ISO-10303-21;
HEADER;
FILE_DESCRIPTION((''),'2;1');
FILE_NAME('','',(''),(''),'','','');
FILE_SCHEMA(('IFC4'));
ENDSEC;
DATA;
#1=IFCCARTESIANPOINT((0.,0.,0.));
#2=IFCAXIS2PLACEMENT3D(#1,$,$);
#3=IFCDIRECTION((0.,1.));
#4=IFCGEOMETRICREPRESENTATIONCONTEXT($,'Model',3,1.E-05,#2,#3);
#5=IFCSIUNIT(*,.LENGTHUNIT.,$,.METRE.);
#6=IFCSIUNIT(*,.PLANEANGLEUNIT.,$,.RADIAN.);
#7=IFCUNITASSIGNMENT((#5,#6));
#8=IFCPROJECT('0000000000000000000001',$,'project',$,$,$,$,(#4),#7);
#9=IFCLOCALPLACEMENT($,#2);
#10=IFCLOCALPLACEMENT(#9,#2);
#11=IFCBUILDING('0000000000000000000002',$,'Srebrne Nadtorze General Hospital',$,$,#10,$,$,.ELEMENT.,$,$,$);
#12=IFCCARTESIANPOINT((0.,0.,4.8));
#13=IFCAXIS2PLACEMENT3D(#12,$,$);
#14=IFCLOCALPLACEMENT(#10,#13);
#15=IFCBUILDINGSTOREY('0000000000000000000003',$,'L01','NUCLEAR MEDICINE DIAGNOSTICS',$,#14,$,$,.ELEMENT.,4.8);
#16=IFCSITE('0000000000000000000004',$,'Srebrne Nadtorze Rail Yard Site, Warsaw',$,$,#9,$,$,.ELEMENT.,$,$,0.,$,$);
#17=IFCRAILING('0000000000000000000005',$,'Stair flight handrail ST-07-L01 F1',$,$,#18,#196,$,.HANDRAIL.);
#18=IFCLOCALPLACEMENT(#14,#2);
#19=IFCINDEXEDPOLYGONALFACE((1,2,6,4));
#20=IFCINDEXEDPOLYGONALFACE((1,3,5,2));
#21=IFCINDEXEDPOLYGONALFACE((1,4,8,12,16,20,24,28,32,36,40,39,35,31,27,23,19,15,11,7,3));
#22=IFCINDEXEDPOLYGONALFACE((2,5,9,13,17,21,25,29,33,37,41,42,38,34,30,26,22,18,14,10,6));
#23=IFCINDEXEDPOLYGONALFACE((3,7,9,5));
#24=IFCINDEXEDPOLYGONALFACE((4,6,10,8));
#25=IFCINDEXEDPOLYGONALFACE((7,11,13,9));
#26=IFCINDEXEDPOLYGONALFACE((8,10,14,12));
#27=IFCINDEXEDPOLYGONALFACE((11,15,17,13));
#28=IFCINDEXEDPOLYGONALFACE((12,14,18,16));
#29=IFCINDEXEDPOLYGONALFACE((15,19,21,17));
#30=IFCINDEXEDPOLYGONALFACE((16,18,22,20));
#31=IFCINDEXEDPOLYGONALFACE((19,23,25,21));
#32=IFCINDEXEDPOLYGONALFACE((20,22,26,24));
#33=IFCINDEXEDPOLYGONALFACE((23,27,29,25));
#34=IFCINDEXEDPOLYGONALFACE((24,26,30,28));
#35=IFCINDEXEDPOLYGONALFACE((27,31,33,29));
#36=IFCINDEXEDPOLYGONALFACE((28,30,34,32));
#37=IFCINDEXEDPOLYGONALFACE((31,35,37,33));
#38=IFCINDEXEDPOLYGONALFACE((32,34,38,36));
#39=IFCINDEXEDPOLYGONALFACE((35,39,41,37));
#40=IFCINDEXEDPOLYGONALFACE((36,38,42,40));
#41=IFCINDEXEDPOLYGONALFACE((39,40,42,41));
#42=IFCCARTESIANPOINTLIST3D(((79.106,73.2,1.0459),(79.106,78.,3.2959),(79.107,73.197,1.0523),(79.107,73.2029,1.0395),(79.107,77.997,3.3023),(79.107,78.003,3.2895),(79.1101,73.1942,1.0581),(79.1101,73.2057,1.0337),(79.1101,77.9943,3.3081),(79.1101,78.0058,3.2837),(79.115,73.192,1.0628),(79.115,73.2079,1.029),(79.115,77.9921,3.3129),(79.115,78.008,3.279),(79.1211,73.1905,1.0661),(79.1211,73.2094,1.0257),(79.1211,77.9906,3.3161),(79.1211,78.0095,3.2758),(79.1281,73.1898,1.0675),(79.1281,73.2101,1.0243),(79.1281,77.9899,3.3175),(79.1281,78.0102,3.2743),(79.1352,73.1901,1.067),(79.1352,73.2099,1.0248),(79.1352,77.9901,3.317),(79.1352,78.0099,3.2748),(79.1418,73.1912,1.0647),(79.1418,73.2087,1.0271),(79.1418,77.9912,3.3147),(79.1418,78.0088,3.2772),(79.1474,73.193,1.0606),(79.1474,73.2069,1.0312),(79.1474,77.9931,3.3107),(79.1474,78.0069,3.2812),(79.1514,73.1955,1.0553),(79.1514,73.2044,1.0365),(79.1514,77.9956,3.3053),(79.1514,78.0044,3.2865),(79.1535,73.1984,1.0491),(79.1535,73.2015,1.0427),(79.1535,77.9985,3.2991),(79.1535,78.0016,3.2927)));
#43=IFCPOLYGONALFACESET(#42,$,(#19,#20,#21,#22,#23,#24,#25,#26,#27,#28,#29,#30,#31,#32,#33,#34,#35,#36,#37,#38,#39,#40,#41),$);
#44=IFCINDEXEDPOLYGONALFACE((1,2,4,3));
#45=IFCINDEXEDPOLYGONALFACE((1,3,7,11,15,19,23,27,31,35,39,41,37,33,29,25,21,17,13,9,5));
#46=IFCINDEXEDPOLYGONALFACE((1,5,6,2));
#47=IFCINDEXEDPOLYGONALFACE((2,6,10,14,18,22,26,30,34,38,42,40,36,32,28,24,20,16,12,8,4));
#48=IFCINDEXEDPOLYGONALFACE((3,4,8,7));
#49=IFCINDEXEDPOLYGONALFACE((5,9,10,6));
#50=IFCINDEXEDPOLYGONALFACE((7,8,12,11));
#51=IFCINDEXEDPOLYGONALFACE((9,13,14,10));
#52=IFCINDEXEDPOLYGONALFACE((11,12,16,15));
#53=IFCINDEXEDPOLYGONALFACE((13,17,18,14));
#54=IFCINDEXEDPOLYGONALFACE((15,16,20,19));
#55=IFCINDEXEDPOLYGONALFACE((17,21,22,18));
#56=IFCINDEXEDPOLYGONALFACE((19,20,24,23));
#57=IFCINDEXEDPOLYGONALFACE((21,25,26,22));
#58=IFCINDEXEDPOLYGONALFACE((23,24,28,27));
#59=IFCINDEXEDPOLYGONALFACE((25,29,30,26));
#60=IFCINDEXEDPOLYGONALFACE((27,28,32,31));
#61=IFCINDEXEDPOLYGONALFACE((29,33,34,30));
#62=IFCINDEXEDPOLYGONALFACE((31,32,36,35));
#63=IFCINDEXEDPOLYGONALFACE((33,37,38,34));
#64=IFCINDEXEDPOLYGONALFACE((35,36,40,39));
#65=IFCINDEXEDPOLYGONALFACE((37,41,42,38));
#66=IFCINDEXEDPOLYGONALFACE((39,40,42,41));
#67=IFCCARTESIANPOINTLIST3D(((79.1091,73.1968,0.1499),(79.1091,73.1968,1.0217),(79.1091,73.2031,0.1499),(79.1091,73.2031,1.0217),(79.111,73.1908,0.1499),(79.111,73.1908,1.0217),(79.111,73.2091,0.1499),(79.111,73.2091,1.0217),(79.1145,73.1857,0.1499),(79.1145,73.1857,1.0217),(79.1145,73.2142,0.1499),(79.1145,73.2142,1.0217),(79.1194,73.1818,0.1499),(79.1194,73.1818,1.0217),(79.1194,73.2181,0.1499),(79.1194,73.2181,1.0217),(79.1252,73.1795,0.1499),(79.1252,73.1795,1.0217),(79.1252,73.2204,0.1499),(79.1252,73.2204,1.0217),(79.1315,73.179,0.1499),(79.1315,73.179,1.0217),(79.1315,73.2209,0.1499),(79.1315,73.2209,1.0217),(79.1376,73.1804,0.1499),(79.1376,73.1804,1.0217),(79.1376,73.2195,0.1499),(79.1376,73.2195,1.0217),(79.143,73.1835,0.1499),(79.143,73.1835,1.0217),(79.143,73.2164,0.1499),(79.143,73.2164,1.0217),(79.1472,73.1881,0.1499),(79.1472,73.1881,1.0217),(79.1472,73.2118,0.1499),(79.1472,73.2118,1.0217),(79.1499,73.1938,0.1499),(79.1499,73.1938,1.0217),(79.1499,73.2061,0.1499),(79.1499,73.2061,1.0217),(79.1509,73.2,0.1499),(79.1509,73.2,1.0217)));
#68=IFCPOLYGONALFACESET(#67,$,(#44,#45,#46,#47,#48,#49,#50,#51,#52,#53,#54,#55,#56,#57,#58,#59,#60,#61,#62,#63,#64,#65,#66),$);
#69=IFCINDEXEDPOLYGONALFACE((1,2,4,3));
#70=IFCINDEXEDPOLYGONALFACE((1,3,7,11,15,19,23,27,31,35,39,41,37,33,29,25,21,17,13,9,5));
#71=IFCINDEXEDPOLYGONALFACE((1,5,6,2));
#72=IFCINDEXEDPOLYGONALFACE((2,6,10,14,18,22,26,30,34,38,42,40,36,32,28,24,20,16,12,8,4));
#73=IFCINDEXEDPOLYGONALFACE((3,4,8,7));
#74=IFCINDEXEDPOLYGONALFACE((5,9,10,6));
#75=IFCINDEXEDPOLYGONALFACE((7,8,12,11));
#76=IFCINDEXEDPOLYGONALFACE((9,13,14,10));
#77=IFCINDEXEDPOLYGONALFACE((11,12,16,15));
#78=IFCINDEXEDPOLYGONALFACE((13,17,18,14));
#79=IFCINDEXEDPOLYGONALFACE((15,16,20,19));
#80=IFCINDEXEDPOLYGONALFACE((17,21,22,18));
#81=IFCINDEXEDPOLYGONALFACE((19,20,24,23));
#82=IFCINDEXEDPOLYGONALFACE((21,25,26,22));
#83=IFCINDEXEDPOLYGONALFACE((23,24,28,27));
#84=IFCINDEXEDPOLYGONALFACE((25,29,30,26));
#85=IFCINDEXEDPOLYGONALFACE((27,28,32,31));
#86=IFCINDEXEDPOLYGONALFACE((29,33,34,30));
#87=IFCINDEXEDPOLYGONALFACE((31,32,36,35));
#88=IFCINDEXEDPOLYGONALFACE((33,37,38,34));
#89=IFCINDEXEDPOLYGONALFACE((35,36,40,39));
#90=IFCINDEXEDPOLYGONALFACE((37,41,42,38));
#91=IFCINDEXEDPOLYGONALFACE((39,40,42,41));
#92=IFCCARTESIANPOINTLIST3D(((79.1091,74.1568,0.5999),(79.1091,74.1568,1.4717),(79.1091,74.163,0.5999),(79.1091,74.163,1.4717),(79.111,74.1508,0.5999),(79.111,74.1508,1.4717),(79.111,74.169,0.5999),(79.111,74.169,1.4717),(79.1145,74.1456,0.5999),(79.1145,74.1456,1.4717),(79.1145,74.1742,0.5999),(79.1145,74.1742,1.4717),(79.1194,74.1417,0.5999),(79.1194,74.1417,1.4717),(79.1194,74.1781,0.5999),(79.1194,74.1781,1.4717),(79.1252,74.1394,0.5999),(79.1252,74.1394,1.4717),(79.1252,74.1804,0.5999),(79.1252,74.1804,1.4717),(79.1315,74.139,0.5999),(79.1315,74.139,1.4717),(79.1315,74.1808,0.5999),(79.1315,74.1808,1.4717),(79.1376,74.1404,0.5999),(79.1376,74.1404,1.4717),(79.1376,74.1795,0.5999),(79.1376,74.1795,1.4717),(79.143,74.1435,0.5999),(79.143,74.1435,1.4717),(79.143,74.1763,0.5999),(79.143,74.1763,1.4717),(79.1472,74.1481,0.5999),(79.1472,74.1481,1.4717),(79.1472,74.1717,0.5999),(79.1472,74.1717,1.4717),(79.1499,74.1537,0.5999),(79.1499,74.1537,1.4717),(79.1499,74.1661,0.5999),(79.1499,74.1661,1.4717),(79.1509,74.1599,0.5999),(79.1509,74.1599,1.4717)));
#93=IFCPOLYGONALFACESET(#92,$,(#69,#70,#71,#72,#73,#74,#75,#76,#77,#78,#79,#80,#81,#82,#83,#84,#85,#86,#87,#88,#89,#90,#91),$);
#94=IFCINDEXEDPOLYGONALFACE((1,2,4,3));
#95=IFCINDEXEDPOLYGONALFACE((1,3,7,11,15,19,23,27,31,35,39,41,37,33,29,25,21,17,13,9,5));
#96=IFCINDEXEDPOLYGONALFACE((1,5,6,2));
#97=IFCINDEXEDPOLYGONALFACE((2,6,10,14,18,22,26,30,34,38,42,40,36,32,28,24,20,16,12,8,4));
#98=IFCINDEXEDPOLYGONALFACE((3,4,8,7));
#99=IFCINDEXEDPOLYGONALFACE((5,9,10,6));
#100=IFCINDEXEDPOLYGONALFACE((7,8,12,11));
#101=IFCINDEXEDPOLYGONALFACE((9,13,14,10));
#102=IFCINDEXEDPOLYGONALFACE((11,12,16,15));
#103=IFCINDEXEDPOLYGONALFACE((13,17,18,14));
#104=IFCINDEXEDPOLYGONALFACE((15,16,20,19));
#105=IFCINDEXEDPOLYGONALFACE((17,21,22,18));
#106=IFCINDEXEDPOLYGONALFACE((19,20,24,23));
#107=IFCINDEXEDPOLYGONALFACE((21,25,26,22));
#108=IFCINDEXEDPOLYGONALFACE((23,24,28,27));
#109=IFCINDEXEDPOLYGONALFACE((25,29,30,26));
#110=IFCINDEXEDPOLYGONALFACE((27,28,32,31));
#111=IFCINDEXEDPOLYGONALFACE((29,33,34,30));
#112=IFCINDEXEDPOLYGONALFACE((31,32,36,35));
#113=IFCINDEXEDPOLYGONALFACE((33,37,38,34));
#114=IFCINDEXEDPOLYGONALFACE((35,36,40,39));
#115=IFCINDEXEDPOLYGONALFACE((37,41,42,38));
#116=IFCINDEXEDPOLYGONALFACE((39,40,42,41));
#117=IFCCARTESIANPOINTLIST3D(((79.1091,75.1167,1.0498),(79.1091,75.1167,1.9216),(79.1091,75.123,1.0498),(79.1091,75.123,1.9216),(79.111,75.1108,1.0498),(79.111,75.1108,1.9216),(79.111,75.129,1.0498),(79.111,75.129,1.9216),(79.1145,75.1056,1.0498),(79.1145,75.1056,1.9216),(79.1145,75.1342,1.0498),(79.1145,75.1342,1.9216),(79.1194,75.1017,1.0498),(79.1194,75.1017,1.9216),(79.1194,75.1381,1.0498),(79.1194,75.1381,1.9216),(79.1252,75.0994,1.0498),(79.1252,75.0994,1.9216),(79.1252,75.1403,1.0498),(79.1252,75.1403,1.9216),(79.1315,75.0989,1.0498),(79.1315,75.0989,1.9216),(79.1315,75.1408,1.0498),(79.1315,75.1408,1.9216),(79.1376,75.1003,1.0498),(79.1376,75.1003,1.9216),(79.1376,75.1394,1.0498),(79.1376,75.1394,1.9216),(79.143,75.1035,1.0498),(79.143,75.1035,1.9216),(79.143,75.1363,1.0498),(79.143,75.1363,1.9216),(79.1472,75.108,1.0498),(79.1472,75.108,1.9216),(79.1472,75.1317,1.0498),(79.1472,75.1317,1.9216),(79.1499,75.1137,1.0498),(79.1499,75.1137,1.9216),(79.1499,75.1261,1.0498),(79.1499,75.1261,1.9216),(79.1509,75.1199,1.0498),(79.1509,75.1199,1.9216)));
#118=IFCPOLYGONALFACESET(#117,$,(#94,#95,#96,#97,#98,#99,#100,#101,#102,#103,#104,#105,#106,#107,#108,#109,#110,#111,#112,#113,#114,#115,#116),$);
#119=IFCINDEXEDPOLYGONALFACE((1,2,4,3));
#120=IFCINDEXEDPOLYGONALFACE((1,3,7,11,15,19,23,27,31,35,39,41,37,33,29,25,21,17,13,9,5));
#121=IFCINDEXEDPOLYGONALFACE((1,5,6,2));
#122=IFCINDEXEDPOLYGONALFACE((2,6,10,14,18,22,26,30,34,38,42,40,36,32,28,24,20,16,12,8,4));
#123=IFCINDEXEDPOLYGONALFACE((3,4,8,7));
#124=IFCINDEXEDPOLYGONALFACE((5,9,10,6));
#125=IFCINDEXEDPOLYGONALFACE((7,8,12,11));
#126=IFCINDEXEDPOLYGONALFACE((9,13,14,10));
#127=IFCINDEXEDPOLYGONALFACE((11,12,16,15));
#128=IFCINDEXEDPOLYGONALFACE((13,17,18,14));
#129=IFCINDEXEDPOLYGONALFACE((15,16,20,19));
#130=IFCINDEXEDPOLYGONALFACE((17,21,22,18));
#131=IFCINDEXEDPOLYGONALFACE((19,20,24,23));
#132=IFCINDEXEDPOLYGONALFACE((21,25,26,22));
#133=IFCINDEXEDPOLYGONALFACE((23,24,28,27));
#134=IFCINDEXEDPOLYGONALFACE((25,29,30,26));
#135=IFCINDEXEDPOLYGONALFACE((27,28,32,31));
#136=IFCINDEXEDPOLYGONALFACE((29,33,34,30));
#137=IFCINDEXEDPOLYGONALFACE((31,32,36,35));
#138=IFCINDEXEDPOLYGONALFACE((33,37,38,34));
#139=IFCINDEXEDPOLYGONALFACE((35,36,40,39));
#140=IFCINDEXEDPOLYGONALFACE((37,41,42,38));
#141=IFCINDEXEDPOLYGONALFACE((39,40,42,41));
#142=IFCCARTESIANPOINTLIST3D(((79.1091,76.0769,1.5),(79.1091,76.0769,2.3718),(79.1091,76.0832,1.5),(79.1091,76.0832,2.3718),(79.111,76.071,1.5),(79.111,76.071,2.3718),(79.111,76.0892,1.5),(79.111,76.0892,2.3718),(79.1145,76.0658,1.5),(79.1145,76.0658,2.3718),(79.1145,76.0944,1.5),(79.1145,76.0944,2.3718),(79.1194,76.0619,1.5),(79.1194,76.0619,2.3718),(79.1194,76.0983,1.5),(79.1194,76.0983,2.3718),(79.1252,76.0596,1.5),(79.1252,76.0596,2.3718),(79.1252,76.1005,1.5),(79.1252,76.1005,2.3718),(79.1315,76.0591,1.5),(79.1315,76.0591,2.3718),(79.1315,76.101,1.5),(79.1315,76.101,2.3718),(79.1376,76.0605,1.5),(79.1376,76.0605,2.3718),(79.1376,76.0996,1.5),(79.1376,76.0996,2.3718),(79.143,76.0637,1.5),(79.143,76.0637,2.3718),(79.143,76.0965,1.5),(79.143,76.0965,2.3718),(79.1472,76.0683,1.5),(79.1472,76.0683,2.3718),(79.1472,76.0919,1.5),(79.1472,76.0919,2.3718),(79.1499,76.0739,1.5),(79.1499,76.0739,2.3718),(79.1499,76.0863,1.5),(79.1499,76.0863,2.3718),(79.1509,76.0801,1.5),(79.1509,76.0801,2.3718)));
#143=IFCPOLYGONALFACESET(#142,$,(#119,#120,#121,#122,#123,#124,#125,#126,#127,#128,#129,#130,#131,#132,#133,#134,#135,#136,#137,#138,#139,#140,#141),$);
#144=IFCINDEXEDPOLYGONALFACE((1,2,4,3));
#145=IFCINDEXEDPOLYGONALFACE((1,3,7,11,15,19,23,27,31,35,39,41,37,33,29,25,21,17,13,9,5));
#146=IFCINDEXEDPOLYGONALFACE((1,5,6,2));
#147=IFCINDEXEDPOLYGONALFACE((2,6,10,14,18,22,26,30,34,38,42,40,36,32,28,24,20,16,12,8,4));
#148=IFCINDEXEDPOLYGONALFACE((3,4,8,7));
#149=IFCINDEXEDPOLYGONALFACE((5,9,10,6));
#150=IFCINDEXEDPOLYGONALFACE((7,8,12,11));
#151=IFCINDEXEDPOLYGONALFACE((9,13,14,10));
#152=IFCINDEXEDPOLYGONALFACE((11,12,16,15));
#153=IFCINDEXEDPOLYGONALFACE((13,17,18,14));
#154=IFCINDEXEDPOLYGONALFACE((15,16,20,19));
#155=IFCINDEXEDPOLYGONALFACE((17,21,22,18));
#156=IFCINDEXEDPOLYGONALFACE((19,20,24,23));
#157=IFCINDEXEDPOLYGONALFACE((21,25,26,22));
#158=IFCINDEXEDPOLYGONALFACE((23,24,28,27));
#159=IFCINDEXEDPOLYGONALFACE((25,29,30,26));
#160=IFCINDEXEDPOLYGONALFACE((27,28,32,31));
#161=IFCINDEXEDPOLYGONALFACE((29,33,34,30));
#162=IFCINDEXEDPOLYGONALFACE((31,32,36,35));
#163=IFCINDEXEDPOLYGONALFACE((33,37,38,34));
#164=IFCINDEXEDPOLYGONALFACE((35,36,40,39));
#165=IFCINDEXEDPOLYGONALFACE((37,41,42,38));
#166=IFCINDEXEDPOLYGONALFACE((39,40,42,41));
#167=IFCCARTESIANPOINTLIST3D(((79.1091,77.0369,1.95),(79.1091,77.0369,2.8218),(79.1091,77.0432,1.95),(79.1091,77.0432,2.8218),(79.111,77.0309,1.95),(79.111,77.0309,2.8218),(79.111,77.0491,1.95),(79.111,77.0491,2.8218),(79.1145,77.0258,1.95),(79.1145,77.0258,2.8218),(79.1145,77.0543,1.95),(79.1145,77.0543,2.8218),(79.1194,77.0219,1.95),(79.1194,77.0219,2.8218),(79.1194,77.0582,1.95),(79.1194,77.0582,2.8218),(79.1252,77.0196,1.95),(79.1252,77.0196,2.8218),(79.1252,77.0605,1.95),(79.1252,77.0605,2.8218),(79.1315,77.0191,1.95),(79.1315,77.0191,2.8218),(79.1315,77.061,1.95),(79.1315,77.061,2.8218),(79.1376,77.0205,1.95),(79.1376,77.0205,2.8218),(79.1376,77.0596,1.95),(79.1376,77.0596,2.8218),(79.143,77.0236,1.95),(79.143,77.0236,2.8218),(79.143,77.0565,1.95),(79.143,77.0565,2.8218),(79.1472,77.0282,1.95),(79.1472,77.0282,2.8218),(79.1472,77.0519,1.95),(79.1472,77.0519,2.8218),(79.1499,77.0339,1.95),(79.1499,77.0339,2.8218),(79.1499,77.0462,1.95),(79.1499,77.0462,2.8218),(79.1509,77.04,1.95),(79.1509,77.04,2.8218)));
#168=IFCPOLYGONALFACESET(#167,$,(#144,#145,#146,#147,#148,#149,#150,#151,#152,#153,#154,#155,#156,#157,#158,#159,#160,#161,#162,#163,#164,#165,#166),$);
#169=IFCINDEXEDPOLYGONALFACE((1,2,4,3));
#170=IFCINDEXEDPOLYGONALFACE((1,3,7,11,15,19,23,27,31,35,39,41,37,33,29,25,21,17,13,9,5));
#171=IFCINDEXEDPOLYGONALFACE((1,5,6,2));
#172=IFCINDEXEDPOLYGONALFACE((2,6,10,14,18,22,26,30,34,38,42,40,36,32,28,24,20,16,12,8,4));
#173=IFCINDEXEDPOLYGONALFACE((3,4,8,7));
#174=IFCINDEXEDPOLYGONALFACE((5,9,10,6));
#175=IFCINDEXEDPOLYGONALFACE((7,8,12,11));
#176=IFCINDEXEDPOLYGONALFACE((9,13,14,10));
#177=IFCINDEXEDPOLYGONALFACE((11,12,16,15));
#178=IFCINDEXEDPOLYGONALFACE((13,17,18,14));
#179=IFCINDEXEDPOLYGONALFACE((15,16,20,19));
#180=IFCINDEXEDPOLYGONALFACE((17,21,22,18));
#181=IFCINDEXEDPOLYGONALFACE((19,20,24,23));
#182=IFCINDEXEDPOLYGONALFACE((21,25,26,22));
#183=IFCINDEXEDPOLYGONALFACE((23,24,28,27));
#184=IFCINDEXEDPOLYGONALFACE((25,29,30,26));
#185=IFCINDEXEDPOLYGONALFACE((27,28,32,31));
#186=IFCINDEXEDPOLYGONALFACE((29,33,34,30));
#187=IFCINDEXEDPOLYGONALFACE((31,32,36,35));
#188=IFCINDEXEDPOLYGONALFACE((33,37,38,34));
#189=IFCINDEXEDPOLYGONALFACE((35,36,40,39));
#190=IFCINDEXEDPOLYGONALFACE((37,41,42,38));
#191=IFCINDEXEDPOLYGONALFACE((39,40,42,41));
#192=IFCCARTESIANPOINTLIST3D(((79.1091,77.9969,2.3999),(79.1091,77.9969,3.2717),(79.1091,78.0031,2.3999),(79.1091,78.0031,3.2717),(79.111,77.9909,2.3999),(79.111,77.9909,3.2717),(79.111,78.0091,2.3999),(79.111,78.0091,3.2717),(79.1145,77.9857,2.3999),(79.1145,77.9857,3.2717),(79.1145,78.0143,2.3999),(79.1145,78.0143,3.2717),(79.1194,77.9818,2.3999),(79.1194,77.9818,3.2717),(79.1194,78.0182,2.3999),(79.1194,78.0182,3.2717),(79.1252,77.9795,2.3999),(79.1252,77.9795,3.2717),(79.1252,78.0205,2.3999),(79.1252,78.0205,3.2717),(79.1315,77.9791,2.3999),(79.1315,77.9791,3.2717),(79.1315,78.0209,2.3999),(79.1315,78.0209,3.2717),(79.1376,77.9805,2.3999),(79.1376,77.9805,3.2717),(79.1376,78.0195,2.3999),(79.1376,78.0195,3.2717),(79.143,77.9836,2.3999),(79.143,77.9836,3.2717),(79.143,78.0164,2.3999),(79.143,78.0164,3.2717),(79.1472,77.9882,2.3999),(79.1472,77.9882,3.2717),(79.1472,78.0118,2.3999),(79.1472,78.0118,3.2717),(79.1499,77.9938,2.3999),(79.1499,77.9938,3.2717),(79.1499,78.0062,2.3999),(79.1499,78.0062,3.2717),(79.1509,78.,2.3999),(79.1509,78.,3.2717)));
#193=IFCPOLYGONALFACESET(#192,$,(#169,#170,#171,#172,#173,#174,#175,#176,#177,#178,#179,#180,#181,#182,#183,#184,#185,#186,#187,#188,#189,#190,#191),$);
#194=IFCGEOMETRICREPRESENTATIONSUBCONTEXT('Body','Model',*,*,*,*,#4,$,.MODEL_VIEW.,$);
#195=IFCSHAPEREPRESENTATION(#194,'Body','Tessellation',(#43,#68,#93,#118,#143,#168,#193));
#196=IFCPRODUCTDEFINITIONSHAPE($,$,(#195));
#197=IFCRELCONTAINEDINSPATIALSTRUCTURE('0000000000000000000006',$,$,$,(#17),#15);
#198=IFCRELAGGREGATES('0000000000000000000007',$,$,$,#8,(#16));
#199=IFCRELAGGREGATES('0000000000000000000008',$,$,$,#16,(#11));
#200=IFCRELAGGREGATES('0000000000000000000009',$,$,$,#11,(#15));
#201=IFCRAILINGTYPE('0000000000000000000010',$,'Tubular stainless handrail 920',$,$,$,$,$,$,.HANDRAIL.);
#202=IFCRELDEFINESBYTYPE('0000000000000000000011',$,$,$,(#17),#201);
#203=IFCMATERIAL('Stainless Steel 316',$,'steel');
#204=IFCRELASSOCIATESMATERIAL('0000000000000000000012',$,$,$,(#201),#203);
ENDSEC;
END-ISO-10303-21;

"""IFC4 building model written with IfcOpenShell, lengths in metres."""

from ifc_helpers import new_model, si_unit, direction, frame, origin, origin_2d, place, context, subcontext, project, spatial, circle, extrude, material, type_object, element, save


model = new_model("IFC4")

# Units and contexts
model_context = context("Model", 3, precision=1e-05, world=origin(), true_north=direction((0.0, 1.0)))
body_context = subcontext(model_context, "Body", "Model", "MODEL_VIEW")
ifc_project = project(units=[si_unit("LENGTHUNIT", "METRE"), si_unit("PLANEANGLEUNIT", "RADIAN")], contexts=[model_context])

# Site, building, storey
site_placement = place(None, origin())
site = spatial("IfcSite", under=ifc_project, at=site_placement, Name="Srebrne Nadtorze Rail Yard Site, Warsaw", CompositionType="ELEMENT", RefElevation=0.0)
building_placement = place(site_placement, origin())
building = spatial("IfcBuilding", under=site, at=building_placement, Name="Srebrne Nadtorze General Hospital", CompositionType="ELEMENT")
storey_placement = place(building_placement, frame((0.0, 0.0, 4.8)))
storey = spatial("IfcBuildingStorey", under=building, at=storey_placement, Name="L01", Description="NUCLEAR MEDICINE DIAGNOSTICS", CompositionType="ELEMENT", Elevation=4.8)

# Railing
ifc_material_1 = material(Name="Stainless Steel 316", Category="steel")
railing_type_1 = type_object("IfcRailingType", Name="Tubular stainless handrail 920", PredefinedType="HANDRAIL", material=ifc_material_1)
railing_1_placement = place(storey_placement, frame((79.1299, 73.2, 0.1499)))
element("IfcRailing", 1, at=railing_1_placement, inside=storey, type_object=railing_type_1, Name="Stair flight handrail ST-07-L01 F1", PredefinedType="HANDRAIL", context=body_context, shape_type="SweptSolid", body=[
    extrude(circle(Radius=0.0239, at=origin_2d()), frame((0.0, 0.0, 0.896), z_axis=(0.0, 0.905461, 0.42443), x_axis=(-1.0, 0.0, 0.0)), (0.0, 0.0, 1.0), 5.3013),
    extrude(circle(Radius=0.021, at=origin_2d()), origin(), (0.0, 0.0, 1.0), 0.8718),
    extrude(circle(Radius=0.021, at=origin_2d()), frame((0.0, 0.96, 0.45)), (0.0, 0.0, 1.0), 0.8718),
    extrude(circle(Radius=0.021, at=origin_2d()), frame((0.0, 1.9199, 0.8999)), (0.0, 0.0, 1.0), 0.8718),
    extrude(circle(Radius=0.021, at=origin_2d()), frame((0.0, 2.8801, 1.3501)), (0.0, 0.0, 1.0), 0.8718),
    extrude(circle(Radius=0.021, at=origin_2d()), frame((0.0, 3.8401, 1.8)), (0.0, 0.0, 1.0), 0.8718),
    extrude(circle(Radius=0.021, at=origin_2d()), frame((0.0, 4.8, 2.25)), (0.0, 0.0, 1.0), 0.8718),
])

save(model, "model.ifc")
